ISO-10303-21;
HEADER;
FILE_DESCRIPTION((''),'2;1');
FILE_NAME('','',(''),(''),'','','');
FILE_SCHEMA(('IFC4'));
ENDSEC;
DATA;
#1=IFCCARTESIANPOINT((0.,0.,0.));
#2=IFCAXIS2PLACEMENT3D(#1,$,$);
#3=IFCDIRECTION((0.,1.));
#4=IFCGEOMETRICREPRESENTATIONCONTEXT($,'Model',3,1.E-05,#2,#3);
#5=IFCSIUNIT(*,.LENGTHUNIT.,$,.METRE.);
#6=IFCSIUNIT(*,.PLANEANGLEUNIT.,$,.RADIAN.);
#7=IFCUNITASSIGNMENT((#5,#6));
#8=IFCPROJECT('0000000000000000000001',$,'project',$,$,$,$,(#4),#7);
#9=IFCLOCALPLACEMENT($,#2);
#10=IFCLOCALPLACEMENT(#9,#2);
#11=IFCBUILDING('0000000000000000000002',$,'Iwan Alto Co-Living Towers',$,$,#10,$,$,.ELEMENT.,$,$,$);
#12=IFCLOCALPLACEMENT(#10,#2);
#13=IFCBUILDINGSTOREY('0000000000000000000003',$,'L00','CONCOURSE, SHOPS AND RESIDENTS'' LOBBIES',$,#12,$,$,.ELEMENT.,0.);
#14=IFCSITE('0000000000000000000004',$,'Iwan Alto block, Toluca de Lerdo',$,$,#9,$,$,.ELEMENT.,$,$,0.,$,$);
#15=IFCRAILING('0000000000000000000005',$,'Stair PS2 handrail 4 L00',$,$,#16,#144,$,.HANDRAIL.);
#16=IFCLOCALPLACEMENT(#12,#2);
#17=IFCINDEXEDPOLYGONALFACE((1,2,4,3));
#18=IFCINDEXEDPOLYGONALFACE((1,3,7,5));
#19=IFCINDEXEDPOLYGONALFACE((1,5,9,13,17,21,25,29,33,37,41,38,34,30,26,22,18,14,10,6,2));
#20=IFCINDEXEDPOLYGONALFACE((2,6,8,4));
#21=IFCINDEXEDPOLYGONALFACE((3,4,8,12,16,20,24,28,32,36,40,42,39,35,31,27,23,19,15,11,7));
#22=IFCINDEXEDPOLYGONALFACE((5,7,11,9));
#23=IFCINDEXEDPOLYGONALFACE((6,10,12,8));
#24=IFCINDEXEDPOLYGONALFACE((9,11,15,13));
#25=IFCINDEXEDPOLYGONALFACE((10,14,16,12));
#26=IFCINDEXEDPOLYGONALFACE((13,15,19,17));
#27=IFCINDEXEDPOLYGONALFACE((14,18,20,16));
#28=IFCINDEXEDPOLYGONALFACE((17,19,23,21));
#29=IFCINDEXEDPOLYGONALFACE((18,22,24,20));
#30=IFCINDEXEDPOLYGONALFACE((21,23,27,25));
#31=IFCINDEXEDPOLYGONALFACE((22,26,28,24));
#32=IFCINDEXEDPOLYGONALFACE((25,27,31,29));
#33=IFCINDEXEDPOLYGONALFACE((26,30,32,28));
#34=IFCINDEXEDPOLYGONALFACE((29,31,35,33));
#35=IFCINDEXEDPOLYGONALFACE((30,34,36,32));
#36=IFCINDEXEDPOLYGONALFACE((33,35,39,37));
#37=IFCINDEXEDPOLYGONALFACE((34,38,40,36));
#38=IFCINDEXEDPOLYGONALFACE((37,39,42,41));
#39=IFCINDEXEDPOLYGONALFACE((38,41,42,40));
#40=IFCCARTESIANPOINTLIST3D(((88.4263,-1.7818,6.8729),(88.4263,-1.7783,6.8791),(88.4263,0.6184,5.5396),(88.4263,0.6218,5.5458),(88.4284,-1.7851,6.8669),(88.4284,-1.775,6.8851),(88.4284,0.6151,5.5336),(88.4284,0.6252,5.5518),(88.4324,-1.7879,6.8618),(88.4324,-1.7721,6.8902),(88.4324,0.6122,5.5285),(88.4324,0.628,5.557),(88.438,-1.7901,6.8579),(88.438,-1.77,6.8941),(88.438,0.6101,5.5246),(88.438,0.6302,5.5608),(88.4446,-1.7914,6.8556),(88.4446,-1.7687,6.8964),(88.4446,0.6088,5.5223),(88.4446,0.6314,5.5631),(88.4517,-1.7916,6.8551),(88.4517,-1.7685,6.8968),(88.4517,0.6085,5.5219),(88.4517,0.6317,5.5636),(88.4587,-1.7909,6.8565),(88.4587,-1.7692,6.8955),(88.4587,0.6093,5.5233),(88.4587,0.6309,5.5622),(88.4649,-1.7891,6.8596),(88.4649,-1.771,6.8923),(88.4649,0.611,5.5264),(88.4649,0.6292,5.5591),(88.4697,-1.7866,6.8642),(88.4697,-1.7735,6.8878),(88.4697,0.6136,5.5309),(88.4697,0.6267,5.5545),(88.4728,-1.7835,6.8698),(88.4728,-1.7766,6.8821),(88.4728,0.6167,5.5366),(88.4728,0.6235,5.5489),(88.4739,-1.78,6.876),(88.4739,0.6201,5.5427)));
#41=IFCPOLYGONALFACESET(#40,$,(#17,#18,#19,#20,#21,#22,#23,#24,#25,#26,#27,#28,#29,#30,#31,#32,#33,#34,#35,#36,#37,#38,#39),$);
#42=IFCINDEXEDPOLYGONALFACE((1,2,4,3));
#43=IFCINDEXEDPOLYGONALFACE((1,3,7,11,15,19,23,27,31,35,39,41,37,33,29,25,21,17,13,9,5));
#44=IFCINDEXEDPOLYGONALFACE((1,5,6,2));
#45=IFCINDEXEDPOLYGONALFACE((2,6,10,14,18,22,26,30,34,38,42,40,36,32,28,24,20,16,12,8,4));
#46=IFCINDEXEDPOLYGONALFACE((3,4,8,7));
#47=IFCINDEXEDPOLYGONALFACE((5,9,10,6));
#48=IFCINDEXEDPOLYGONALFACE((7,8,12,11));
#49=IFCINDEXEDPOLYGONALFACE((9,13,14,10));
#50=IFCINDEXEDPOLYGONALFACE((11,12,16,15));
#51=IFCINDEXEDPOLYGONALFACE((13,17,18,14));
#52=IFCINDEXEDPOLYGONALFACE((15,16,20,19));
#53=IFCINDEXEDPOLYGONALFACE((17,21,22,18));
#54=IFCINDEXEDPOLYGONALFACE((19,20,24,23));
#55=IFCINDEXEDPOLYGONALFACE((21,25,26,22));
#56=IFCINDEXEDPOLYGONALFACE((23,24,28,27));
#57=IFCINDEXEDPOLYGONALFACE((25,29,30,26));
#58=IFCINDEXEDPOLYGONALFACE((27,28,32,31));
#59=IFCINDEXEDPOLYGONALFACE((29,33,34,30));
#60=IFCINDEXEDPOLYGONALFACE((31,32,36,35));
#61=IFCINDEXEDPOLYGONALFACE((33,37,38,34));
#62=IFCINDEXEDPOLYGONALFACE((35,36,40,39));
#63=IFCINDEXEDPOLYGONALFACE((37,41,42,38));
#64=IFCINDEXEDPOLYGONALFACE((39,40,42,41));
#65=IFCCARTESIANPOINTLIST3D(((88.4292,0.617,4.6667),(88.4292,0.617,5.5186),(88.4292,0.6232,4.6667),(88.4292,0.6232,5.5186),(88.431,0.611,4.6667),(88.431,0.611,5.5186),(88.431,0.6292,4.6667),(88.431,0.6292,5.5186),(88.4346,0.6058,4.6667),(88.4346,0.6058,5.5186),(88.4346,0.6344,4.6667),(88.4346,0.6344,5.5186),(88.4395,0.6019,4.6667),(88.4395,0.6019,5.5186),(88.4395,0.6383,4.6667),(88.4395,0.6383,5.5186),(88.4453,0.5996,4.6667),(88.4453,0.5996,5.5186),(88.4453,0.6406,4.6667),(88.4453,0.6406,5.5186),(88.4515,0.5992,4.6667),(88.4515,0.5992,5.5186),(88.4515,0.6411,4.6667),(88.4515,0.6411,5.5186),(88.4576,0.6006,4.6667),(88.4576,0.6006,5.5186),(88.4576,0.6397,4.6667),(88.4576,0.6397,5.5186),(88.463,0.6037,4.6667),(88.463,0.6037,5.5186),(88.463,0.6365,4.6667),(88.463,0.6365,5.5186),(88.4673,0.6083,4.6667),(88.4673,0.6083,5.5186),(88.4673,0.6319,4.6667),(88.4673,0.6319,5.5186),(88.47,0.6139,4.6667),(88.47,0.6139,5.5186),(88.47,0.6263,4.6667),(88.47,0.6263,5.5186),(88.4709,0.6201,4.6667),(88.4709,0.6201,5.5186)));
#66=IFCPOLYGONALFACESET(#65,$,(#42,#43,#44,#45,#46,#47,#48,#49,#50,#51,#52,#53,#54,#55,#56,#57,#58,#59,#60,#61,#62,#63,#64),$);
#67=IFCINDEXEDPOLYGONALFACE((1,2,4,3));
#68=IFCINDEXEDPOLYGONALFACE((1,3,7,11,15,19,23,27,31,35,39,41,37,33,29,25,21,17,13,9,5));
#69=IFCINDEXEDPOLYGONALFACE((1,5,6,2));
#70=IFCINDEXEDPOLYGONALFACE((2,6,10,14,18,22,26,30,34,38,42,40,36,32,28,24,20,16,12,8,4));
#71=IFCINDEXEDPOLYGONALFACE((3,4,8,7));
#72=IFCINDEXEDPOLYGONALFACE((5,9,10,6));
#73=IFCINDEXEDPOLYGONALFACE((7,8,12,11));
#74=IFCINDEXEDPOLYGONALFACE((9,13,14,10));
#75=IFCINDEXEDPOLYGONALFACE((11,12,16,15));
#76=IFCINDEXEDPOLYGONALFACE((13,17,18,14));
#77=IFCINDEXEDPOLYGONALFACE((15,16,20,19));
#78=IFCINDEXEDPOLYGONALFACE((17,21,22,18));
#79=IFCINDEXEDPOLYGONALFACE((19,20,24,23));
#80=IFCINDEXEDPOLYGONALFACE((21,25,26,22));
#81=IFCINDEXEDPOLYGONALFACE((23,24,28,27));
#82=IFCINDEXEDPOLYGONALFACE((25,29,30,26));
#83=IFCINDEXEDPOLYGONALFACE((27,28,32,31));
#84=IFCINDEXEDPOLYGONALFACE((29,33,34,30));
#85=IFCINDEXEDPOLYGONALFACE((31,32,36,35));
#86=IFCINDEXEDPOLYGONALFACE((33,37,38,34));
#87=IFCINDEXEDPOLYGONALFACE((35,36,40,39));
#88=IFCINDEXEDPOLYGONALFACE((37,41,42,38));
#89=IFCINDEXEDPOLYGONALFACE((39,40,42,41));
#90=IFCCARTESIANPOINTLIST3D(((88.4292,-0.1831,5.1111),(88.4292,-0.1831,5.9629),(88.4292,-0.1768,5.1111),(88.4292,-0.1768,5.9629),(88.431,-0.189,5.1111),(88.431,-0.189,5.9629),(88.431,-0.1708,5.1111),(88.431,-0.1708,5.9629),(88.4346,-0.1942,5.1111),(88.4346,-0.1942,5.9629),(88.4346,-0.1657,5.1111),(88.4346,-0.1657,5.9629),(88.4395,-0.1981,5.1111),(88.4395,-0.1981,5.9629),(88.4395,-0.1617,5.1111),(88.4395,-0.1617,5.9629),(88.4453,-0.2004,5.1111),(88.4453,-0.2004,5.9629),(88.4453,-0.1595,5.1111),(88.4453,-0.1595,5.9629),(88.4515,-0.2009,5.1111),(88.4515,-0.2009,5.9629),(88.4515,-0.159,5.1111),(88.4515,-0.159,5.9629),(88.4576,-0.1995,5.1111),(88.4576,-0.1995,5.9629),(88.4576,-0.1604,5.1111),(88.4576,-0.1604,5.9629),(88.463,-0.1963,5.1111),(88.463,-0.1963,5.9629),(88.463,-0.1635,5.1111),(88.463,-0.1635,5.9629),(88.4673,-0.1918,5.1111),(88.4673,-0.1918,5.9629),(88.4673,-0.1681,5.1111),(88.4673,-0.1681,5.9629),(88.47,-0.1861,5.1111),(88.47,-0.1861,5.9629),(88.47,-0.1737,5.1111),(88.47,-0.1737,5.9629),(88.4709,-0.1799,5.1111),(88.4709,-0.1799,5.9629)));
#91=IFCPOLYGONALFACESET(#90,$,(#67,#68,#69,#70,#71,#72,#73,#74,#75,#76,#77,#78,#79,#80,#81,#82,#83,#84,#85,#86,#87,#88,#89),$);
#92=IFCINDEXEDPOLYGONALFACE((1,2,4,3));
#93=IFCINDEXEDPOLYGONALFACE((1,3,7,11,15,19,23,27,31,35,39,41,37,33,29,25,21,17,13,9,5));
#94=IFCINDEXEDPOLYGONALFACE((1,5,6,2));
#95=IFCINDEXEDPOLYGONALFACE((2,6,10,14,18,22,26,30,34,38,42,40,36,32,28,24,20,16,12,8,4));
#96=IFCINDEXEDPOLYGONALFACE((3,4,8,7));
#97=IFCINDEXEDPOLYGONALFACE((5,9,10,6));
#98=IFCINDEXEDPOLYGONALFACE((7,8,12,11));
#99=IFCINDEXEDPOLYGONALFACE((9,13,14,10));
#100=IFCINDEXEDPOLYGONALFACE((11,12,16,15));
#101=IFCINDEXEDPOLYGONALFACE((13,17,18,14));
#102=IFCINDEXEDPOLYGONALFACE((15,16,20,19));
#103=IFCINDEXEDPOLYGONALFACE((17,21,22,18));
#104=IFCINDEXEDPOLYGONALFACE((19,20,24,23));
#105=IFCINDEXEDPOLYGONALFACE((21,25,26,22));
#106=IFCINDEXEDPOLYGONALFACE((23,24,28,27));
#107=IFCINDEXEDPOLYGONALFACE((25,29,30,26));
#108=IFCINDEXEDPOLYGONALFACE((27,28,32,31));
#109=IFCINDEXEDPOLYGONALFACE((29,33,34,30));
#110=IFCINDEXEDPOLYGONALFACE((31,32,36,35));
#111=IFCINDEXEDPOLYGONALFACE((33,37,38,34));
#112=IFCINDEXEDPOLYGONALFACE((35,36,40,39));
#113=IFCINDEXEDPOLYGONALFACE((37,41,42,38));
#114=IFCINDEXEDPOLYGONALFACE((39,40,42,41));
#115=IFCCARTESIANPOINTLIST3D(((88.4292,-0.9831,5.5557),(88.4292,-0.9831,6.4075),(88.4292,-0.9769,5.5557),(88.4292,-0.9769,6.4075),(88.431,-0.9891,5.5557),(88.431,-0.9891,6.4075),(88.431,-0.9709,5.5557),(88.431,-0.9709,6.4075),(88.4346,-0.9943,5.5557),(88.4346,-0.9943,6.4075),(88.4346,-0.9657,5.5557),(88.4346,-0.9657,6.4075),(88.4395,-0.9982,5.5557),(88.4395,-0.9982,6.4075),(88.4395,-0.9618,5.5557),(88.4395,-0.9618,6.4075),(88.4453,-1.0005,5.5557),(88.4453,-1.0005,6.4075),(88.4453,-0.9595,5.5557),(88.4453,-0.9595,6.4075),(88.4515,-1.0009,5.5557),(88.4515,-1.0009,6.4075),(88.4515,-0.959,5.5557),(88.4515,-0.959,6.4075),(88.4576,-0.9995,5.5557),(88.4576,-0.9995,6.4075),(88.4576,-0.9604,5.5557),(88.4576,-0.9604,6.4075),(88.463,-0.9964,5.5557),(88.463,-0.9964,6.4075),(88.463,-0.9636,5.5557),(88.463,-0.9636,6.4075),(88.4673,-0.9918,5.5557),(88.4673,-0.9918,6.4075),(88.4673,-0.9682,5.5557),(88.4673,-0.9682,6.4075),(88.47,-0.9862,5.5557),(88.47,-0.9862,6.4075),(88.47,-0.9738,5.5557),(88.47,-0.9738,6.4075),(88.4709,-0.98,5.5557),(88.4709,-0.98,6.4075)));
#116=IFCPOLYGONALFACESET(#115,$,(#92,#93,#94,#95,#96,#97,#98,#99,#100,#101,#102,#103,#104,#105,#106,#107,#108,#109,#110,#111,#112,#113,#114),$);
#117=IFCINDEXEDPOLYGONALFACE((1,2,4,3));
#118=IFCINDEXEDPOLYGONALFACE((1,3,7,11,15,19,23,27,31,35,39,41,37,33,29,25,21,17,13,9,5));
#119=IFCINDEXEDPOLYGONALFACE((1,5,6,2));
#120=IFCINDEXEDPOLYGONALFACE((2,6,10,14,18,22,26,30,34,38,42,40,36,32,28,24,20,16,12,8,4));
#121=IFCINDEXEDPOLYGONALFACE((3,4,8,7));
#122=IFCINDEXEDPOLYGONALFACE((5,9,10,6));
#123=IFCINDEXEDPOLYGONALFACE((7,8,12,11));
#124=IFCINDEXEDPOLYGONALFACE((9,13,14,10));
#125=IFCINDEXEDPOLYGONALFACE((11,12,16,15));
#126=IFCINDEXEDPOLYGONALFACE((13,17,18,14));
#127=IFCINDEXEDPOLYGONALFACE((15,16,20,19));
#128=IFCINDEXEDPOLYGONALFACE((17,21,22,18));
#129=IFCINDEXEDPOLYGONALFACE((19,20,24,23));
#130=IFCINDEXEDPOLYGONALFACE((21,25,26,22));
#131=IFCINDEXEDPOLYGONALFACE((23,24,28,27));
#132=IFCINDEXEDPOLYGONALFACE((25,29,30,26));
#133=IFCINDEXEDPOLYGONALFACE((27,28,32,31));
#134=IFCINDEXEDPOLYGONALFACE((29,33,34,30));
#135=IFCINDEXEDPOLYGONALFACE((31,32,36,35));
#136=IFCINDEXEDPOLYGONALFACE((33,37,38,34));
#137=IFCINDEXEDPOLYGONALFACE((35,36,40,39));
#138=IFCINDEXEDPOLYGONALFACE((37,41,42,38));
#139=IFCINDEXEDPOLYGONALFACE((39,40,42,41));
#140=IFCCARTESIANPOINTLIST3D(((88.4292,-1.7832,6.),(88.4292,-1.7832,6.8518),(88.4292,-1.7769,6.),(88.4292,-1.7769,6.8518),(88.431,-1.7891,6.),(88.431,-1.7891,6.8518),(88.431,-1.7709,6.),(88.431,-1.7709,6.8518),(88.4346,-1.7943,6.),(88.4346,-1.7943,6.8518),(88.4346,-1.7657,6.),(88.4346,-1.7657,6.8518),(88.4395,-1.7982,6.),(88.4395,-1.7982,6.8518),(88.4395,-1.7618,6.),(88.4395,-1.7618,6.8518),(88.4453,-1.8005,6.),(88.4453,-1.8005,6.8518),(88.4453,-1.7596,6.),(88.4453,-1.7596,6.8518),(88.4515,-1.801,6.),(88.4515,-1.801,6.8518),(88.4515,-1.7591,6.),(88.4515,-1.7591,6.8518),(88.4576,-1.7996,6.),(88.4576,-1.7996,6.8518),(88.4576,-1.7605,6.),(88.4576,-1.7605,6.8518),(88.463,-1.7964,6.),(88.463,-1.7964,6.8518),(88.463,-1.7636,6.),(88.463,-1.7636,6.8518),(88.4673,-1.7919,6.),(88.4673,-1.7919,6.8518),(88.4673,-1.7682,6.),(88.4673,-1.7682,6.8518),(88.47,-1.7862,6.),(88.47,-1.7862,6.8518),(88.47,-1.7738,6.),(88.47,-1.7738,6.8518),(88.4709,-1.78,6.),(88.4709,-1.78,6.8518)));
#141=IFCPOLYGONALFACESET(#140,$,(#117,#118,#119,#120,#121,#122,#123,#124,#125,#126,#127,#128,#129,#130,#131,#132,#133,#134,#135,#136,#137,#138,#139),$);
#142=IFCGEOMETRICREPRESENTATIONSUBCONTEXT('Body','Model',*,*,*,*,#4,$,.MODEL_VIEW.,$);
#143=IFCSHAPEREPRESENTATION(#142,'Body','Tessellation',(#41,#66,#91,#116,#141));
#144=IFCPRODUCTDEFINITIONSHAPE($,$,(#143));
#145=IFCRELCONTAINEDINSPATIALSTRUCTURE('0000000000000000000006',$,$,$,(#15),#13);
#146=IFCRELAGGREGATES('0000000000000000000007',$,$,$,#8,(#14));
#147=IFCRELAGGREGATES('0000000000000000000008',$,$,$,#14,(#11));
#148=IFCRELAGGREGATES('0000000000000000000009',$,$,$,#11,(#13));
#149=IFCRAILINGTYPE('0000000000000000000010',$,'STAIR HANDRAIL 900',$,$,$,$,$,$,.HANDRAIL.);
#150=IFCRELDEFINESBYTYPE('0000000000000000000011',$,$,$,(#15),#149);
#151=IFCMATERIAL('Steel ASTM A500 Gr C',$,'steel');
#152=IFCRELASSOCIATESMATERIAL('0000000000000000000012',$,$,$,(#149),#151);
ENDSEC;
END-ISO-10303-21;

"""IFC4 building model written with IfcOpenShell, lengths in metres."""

from ifc_helpers import new_model, si_unit, direction, frame, origin, origin_2d, place, context, subcontext, project, spatial, circle, extrude, material, type_object, element, save


model = new_model("IFC4")

# Units and contexts
model_context = context("Model", 3, precision=1e-05, world=origin(), true_north=direction((0.0, 1.0)))
body_context = subcontext(model_context, "Body", "Model", "MODEL_VIEW")
ifc_project = project(units=[si_unit("LENGTHUNIT", "METRE"), si_unit("PLANEANGLEUNIT", "RADIAN")], contexts=[model_context])

# Site, building, storey
site_placement = place(None, origin())
site = spatial("IfcSite", under=ifc_project, at=site_placement, Name="Iwan Alto block, Toluca de Lerdo", CompositionType="ELEMENT", RefElevation=0.0)
building_placement = place(site_placement, origin())
building = spatial("IfcBuilding", under=site, at=building_placement, Name="Iwan Alto Co-Living Towers", CompositionType="ELEMENT")
storey_placement = place(building_placement, origin())
storey = spatial("IfcBuildingStorey", under=building, at=storey_placement, Name="L00", Description="CONCOURSE, SHOPS AND RESIDENTS' LOBBIES", CompositionType="ELEMENT", Elevation=0.0)

# Railing
ifc_material_1 = material(Name="Steel ASTM A500 Gr C", Category="steel")
railing_type_1 = type_object("IfcRailingType", Name="STAIR HANDRAIL 900", PredefinedType="HANDRAIL", material=ifc_material_1)
for number, where, name in (
    (1, (88.45, 0.6201, 4.6667), "Stair PS2 handrail 4 L00"),
):
    element("IfcRailing", number, at=place(storey_placement, frame(where)), inside=storey, type_object=railing_type_1, Name=name, PredefinedType="HANDRAIL", context=body_context, shape_type="SweptSolid", body=[
        extrude(circle(Radius=0.0239, at=origin_2d()), frame((0.0, 0.0, 0.876), z_axis=(0.0, -0.874182, 0.485598), x_axis=(1.0, 0.0, 0.0)), (0.0, 0.0, 1.0), 2.7456),
        extrude(circle(Radius=0.021, at=origin_2d()), origin(), (0.0, 0.0, 1.0), 0.8518),
        extrude(circle(Radius=0.021, at=origin_2d()), frame((0.0, -0.8, 0.4443)), (0.0, 0.0, 1.0), 0.8518),
        extrude(circle(Radius=0.021, at=origin_2d()), frame((0.0, -1.6001, 0.8889)), (0.0, 0.0, 1.0), 0.8518),
        extrude(circle(Radius=0.021, at=origin_2d()), frame((0.0, -2.4001, 1.3333)), (0.0, 0.0, 1.0), 0.8518),
    ])

save(model, "model.ifc")
